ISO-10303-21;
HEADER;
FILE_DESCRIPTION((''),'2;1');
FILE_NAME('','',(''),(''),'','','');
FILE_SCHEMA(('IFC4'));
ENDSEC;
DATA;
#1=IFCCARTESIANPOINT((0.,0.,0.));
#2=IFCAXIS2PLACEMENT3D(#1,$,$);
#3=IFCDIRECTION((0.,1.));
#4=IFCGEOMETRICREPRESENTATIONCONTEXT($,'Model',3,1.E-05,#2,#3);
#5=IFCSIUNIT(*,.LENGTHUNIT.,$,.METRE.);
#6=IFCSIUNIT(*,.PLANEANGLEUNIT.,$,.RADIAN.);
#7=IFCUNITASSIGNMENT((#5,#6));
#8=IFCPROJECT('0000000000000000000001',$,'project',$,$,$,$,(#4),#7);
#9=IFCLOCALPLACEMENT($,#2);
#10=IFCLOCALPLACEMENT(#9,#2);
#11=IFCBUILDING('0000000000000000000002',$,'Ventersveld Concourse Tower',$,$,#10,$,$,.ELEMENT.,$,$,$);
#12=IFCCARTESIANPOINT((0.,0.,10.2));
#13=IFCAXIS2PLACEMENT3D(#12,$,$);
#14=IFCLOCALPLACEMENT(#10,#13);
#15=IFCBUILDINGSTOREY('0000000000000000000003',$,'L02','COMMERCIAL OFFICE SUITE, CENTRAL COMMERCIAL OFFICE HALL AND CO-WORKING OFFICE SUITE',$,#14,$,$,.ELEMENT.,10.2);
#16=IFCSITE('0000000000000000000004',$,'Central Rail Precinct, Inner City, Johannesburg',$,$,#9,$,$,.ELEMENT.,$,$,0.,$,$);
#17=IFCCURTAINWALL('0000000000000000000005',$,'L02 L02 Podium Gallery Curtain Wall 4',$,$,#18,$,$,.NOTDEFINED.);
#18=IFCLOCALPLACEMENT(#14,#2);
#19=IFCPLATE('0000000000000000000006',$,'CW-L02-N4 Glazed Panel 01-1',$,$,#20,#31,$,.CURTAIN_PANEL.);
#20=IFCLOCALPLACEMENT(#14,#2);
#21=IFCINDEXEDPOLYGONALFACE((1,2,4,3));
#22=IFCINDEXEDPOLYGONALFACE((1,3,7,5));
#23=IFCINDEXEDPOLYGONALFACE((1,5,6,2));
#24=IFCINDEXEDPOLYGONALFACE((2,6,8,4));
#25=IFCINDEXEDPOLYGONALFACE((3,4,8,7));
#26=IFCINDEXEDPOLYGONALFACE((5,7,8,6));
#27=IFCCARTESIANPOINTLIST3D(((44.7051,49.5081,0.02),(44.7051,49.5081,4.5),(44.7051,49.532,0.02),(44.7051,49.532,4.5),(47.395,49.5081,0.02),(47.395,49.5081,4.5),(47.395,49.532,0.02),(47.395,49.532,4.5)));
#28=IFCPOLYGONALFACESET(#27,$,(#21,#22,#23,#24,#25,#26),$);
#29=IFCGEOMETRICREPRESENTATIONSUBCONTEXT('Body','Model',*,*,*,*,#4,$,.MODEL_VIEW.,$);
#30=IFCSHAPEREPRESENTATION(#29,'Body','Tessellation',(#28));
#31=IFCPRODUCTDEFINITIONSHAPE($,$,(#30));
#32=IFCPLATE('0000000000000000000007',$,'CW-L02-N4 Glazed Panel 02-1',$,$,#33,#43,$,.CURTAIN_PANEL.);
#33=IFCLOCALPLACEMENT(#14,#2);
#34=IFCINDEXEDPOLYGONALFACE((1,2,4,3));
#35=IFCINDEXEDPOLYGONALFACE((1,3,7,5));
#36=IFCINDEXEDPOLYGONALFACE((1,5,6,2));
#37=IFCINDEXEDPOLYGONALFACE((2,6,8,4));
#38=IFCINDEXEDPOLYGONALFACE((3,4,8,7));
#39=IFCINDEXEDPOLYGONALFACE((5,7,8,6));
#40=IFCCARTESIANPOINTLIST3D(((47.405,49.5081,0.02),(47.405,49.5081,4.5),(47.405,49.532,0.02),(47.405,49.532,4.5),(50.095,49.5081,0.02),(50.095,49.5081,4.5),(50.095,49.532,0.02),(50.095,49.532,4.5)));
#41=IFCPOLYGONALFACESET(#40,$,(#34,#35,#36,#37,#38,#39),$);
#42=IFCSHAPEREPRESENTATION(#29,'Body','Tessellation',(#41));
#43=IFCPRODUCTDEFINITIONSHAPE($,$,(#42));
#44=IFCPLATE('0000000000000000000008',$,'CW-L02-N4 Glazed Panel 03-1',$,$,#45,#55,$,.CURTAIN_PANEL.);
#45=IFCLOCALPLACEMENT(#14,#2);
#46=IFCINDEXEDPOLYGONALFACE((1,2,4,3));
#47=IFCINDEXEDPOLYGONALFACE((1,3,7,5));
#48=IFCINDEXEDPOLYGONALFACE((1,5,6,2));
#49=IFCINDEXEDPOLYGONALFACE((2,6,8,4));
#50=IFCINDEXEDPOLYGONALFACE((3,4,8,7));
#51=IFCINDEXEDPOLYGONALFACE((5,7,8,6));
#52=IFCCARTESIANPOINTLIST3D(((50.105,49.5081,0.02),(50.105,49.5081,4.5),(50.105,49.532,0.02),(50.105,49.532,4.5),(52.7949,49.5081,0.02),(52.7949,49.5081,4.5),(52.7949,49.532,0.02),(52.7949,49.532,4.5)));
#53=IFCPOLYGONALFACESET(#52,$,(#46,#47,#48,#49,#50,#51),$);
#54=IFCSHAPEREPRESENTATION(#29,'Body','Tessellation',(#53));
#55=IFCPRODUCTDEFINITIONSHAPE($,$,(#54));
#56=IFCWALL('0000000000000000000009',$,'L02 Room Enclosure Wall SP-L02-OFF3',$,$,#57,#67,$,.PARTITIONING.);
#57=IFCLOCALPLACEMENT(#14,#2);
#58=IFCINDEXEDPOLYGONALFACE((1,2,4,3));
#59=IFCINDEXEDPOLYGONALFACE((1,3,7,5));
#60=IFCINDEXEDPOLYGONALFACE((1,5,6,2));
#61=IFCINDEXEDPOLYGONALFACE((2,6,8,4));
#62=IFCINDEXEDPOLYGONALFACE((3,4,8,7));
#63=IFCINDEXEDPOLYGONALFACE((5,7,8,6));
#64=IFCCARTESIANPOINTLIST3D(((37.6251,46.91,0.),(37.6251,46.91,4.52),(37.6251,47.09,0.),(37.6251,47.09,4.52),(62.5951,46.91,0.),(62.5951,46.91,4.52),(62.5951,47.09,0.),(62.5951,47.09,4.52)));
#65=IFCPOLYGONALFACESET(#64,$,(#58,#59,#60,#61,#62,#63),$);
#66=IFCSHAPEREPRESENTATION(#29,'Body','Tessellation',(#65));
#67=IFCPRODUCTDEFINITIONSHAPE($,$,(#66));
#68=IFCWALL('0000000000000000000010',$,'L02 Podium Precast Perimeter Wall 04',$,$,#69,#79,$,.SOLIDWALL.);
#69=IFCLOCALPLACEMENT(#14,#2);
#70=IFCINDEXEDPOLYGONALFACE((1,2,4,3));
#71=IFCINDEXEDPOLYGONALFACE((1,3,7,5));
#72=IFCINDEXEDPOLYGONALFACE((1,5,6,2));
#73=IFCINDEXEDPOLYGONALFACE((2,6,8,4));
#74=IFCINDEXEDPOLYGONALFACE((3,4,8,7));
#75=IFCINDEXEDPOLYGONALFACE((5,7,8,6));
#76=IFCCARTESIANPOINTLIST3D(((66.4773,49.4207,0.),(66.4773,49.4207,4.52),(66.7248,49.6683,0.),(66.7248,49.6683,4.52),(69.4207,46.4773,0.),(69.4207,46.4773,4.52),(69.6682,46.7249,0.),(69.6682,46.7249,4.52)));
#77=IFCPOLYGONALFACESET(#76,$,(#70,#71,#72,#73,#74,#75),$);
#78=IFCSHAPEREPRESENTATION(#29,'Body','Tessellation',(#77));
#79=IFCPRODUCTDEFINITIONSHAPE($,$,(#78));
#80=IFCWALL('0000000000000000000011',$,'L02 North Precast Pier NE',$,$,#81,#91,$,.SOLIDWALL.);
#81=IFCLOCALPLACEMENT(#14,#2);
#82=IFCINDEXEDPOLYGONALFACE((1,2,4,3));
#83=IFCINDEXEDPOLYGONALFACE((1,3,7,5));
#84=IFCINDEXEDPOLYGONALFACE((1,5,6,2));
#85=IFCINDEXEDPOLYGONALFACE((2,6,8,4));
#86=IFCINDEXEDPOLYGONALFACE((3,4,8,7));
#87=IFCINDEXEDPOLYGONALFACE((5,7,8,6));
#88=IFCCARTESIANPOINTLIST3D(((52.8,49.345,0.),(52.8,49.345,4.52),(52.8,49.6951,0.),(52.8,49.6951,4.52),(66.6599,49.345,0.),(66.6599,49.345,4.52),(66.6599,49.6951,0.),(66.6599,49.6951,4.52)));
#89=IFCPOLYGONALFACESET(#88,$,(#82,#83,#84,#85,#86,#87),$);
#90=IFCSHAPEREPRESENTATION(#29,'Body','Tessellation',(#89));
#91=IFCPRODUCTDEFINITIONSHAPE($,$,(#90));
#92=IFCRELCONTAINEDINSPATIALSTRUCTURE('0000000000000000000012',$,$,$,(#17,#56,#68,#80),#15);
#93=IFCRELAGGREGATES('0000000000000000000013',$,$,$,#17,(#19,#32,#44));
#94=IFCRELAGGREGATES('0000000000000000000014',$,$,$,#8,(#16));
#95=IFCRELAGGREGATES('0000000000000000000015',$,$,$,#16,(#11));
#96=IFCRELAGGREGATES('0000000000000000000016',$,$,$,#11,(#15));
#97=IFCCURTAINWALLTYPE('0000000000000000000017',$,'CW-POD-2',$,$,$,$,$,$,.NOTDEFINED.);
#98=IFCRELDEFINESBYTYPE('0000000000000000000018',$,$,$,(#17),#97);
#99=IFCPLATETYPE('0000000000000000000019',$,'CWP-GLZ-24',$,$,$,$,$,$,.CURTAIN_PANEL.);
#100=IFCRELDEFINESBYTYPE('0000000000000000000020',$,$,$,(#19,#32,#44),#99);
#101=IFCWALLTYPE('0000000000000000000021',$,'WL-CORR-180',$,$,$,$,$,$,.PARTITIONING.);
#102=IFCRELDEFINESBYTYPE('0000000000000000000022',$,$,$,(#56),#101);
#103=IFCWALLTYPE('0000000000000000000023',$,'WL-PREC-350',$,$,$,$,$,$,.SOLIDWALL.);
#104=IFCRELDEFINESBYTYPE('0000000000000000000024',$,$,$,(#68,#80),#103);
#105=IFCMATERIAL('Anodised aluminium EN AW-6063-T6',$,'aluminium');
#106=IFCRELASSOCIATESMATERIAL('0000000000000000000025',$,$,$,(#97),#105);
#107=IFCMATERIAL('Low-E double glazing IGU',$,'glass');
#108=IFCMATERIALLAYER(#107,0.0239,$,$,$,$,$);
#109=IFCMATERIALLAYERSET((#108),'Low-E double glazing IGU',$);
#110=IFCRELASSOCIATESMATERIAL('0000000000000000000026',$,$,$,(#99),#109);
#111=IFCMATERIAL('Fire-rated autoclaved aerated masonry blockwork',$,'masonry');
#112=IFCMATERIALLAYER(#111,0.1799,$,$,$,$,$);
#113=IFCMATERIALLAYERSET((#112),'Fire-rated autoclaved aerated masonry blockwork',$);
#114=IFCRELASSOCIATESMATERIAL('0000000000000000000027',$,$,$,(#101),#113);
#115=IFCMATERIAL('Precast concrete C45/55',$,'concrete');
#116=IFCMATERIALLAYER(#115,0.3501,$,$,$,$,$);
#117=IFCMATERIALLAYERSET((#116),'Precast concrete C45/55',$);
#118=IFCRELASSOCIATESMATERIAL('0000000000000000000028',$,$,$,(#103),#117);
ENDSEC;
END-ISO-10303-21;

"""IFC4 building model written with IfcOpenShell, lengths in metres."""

from ifc_helpers import new_model, si_unit, direction, frame, frame_2d, origin, origin_2d, place, context, subcontext, project, spatial, rectangle, extrude, material, layer, layer_set, type_object, element, aggregate, save


model = new_model("IFC4")

# Units and contexts
model_context = context("Model", 3, precision=1e-05, world=origin(), true_north=direction((0.0, 1.0)))
body_context = subcontext(model_context, "Body", "Model", "MODEL_VIEW")
ifc_project = project(units=[si_unit("LENGTHUNIT", "METRE"), si_unit("PLANEANGLEUNIT", "RADIAN")], contexts=[model_context])

# Site, building, storey
site_placement = place(None, origin())
site = spatial("IfcSite", under=ifc_project, at=site_placement, Name="Central Rail Precinct, Inner City, Johannesburg", CompositionType="ELEMENT", RefElevation=0.0)
building_placement = place(site_placement, origin())
building = spatial("IfcBuilding", under=site, at=building_placement, Name="Ventersveld Concourse Tower", CompositionType="ELEMENT")
storey_placement = place(building_placement, frame((0.0, 0.0, 10.2)))
storey = spatial("IfcBuildingStorey", under=building, at=storey_placement, Name="L02", Description="COMMERCIAL OFFICE SUITE, CENTRAL COMMERCIAL OFFICE HALL AND CO-WORKING OFFICE SUITE", CompositionType="ELEMENT", Elevation=10.2)

# Curtain wall
ifc_material_1 = material(Name="Anodised aluminium EN AW-6063-T6", Category="aluminium")
curtain_wall_type = type_object("IfcCurtainWallType", Name="CW-POD-2", PredefinedType="NOTDEFINED", material=ifc_material_1)
curtain_wall_placement = place(storey_placement, origin())
curtain_wall = element("IfcCurtainWall", 1, at=curtain_wall_placement, inside=storey, type_object=curtain_wall_type, Name="L02 L02 Podium Gallery Curtain Wall 4", PredefinedType="NOTDEFINED")

# Plates
ifc_material_2 = material(Name="Low-E double glazing IGU", Category="glass")
ifc_layer_1 = layer(ifc_material_2, 0.0239)
ifc_layer_set_1 = layer_set([ifc_layer_1], Name="Low-E double glazing IGU")
plate_type = type_object("IfcPlateType", Name="CWP-GLZ-24", PredefinedType="CURTAIN_PANEL", material=ifc_layer_set_1)
plate_1_placement = place(storey_placement, frame((46.05, 49.52, 0.02), z_axis=(0.0, 0.0, 1.0), x_axis=(1.0, 0.0, 0.0)))
plate_1 = element("IfcPlate", 2, at=plate_1_placement, type_object=plate_type, Name="CW-L02-N4 Glazed Panel 01-1", PredefinedType="CURTAIN_PANEL", context=body_context, shape_type="SweptSolid", body=[
    extrude(rectangle(XDim=2.6899, YDim=0.0239, at=origin_2d()), origin(), (0.0, 0.0, 1.0), 4.48),
])
plate_2_placement = place(storey_placement, frame((48.75, 49.52, 0.02), z_axis=(0.0, 0.0, 1.0), x_axis=(1.0, 0.0, 0.0)))
plate_2 = element("IfcPlate", 3, at=plate_2_placement, type_object=plate_type, Name="CW-L02-N4 Glazed Panel 02-1", PredefinedType="CURTAIN_PANEL", context=body_context, shape_type="SweptSolid", body=[
    extrude(rectangle(XDim=2.6899, YDim=0.0239, at=origin_2d()), origin(), (0.0, 0.0, 1.0), 4.48),
])
plate_3_placement = place(storey_placement, frame((51.45, 49.52, 0.02), z_axis=(0.0, 0.0, 1.0), x_axis=(1.0, 0.0, 0.0)))
plate_3 = element("IfcPlate", 4, at=plate_3_placement, type_object=plate_type, Name="CW-L02-N4 Glazed Panel 03-1", PredefinedType="CURTAIN_PANEL", context=body_context, shape_type="SweptSolid", body=[
    extrude(rectangle(XDim=2.6899, YDim=0.0239, at=origin_2d()), origin(), (0.0, 0.0, 1.0), 4.48),
])
aggregate(curtain_wall, [plate_1, plate_2, plate_3])

# Walls
ifc_material_3 = material(Name="Fire-rated autoclaved aerated masonry blockwork", Category="masonry")
ifc_layer_2 = layer(ifc_material_3, 0.1799)
ifc_layer_set_2 = layer_set([ifc_layer_2], Name="Fire-rated autoclaved aerated masonry blockwork")
wall_type_1 = type_object("IfcWallType", Name="WL-CORR-180", PredefinedType="PARTITIONING", material=ifc_layer_set_2)
wall_1_placement = place(storey_placement, frame((62.595, 47.0, 0.0), z_axis=(0.0, 0.0, 1.0), x_axis=(-1.0, 0.0, 0.0)))
element("IfcWall", 5, at=wall_1_placement, inside=storey, type_object=wall_type_1, Name="L02 Room Enclosure Wall SP-L02-OFF3", PredefinedType="PARTITIONING", context=body_context, shape_type="SweptSolid", body=[
    extrude(rectangle(XDim=24.97, YDim=0.1799, at=frame_2d((12.4849, 0.0))), origin(), (0.0, 0.0, 1.0), 4.52),
])
ifc_material_4 = material(Name="Precast concrete C45/55", Category="concrete")
ifc_layer_3 = layer(ifc_material_4, 0.3501)
ifc_layer_set_3 = layer_set([ifc_layer_3], Name="Precast concrete C45/55")
wall_type_2 = type_object("IfcWallType", Name="WL-PREC-350", PredefinedType="SOLIDWALL", material=ifc_layer_set_3)
wall_2_placement = place(storey_placement, frame((69.5444, 46.6011, 0.0), z_axis=(0.0, 0.0, 1.0), x_axis=(-0.707107, 0.707107, 0.0)))
element("IfcWall", 6, at=wall_2_placement, inside=storey, type_object=wall_type_2, Name="L02 Podium Precast Perimeter Wall 04", PredefinedType="SOLIDWALL", context=body_context, shape_type="SweptSolid", body=[
    extrude(rectangle(XDim=4.1626, YDim=0.3501, at=frame_2d((2.0813, 0.0))), origin(), (0.0, 0.0, 1.0), 4.52),
])
wall_3_placement = place(storey_placement, frame((52.8, 49.52, 0.0), z_axis=(0.0, 0.0, 1.0), x_axis=(1.0, 0.0, 0.0)))
element("IfcWall", 7, at=wall_3_placement, inside=storey, type_object=wall_type_2, Name="L02 North Precast Pier NE", PredefinedType="SOLIDWALL", context=body_context, shape_type="SweptSolid", body=[
    extrude(rectangle(XDim=13.8599, YDim=0.3501, at=frame_2d((6.9299, 0.0))), origin(), (0.0, 0.0, 1.0), 4.52),
])

save(model, "model.ifc")
